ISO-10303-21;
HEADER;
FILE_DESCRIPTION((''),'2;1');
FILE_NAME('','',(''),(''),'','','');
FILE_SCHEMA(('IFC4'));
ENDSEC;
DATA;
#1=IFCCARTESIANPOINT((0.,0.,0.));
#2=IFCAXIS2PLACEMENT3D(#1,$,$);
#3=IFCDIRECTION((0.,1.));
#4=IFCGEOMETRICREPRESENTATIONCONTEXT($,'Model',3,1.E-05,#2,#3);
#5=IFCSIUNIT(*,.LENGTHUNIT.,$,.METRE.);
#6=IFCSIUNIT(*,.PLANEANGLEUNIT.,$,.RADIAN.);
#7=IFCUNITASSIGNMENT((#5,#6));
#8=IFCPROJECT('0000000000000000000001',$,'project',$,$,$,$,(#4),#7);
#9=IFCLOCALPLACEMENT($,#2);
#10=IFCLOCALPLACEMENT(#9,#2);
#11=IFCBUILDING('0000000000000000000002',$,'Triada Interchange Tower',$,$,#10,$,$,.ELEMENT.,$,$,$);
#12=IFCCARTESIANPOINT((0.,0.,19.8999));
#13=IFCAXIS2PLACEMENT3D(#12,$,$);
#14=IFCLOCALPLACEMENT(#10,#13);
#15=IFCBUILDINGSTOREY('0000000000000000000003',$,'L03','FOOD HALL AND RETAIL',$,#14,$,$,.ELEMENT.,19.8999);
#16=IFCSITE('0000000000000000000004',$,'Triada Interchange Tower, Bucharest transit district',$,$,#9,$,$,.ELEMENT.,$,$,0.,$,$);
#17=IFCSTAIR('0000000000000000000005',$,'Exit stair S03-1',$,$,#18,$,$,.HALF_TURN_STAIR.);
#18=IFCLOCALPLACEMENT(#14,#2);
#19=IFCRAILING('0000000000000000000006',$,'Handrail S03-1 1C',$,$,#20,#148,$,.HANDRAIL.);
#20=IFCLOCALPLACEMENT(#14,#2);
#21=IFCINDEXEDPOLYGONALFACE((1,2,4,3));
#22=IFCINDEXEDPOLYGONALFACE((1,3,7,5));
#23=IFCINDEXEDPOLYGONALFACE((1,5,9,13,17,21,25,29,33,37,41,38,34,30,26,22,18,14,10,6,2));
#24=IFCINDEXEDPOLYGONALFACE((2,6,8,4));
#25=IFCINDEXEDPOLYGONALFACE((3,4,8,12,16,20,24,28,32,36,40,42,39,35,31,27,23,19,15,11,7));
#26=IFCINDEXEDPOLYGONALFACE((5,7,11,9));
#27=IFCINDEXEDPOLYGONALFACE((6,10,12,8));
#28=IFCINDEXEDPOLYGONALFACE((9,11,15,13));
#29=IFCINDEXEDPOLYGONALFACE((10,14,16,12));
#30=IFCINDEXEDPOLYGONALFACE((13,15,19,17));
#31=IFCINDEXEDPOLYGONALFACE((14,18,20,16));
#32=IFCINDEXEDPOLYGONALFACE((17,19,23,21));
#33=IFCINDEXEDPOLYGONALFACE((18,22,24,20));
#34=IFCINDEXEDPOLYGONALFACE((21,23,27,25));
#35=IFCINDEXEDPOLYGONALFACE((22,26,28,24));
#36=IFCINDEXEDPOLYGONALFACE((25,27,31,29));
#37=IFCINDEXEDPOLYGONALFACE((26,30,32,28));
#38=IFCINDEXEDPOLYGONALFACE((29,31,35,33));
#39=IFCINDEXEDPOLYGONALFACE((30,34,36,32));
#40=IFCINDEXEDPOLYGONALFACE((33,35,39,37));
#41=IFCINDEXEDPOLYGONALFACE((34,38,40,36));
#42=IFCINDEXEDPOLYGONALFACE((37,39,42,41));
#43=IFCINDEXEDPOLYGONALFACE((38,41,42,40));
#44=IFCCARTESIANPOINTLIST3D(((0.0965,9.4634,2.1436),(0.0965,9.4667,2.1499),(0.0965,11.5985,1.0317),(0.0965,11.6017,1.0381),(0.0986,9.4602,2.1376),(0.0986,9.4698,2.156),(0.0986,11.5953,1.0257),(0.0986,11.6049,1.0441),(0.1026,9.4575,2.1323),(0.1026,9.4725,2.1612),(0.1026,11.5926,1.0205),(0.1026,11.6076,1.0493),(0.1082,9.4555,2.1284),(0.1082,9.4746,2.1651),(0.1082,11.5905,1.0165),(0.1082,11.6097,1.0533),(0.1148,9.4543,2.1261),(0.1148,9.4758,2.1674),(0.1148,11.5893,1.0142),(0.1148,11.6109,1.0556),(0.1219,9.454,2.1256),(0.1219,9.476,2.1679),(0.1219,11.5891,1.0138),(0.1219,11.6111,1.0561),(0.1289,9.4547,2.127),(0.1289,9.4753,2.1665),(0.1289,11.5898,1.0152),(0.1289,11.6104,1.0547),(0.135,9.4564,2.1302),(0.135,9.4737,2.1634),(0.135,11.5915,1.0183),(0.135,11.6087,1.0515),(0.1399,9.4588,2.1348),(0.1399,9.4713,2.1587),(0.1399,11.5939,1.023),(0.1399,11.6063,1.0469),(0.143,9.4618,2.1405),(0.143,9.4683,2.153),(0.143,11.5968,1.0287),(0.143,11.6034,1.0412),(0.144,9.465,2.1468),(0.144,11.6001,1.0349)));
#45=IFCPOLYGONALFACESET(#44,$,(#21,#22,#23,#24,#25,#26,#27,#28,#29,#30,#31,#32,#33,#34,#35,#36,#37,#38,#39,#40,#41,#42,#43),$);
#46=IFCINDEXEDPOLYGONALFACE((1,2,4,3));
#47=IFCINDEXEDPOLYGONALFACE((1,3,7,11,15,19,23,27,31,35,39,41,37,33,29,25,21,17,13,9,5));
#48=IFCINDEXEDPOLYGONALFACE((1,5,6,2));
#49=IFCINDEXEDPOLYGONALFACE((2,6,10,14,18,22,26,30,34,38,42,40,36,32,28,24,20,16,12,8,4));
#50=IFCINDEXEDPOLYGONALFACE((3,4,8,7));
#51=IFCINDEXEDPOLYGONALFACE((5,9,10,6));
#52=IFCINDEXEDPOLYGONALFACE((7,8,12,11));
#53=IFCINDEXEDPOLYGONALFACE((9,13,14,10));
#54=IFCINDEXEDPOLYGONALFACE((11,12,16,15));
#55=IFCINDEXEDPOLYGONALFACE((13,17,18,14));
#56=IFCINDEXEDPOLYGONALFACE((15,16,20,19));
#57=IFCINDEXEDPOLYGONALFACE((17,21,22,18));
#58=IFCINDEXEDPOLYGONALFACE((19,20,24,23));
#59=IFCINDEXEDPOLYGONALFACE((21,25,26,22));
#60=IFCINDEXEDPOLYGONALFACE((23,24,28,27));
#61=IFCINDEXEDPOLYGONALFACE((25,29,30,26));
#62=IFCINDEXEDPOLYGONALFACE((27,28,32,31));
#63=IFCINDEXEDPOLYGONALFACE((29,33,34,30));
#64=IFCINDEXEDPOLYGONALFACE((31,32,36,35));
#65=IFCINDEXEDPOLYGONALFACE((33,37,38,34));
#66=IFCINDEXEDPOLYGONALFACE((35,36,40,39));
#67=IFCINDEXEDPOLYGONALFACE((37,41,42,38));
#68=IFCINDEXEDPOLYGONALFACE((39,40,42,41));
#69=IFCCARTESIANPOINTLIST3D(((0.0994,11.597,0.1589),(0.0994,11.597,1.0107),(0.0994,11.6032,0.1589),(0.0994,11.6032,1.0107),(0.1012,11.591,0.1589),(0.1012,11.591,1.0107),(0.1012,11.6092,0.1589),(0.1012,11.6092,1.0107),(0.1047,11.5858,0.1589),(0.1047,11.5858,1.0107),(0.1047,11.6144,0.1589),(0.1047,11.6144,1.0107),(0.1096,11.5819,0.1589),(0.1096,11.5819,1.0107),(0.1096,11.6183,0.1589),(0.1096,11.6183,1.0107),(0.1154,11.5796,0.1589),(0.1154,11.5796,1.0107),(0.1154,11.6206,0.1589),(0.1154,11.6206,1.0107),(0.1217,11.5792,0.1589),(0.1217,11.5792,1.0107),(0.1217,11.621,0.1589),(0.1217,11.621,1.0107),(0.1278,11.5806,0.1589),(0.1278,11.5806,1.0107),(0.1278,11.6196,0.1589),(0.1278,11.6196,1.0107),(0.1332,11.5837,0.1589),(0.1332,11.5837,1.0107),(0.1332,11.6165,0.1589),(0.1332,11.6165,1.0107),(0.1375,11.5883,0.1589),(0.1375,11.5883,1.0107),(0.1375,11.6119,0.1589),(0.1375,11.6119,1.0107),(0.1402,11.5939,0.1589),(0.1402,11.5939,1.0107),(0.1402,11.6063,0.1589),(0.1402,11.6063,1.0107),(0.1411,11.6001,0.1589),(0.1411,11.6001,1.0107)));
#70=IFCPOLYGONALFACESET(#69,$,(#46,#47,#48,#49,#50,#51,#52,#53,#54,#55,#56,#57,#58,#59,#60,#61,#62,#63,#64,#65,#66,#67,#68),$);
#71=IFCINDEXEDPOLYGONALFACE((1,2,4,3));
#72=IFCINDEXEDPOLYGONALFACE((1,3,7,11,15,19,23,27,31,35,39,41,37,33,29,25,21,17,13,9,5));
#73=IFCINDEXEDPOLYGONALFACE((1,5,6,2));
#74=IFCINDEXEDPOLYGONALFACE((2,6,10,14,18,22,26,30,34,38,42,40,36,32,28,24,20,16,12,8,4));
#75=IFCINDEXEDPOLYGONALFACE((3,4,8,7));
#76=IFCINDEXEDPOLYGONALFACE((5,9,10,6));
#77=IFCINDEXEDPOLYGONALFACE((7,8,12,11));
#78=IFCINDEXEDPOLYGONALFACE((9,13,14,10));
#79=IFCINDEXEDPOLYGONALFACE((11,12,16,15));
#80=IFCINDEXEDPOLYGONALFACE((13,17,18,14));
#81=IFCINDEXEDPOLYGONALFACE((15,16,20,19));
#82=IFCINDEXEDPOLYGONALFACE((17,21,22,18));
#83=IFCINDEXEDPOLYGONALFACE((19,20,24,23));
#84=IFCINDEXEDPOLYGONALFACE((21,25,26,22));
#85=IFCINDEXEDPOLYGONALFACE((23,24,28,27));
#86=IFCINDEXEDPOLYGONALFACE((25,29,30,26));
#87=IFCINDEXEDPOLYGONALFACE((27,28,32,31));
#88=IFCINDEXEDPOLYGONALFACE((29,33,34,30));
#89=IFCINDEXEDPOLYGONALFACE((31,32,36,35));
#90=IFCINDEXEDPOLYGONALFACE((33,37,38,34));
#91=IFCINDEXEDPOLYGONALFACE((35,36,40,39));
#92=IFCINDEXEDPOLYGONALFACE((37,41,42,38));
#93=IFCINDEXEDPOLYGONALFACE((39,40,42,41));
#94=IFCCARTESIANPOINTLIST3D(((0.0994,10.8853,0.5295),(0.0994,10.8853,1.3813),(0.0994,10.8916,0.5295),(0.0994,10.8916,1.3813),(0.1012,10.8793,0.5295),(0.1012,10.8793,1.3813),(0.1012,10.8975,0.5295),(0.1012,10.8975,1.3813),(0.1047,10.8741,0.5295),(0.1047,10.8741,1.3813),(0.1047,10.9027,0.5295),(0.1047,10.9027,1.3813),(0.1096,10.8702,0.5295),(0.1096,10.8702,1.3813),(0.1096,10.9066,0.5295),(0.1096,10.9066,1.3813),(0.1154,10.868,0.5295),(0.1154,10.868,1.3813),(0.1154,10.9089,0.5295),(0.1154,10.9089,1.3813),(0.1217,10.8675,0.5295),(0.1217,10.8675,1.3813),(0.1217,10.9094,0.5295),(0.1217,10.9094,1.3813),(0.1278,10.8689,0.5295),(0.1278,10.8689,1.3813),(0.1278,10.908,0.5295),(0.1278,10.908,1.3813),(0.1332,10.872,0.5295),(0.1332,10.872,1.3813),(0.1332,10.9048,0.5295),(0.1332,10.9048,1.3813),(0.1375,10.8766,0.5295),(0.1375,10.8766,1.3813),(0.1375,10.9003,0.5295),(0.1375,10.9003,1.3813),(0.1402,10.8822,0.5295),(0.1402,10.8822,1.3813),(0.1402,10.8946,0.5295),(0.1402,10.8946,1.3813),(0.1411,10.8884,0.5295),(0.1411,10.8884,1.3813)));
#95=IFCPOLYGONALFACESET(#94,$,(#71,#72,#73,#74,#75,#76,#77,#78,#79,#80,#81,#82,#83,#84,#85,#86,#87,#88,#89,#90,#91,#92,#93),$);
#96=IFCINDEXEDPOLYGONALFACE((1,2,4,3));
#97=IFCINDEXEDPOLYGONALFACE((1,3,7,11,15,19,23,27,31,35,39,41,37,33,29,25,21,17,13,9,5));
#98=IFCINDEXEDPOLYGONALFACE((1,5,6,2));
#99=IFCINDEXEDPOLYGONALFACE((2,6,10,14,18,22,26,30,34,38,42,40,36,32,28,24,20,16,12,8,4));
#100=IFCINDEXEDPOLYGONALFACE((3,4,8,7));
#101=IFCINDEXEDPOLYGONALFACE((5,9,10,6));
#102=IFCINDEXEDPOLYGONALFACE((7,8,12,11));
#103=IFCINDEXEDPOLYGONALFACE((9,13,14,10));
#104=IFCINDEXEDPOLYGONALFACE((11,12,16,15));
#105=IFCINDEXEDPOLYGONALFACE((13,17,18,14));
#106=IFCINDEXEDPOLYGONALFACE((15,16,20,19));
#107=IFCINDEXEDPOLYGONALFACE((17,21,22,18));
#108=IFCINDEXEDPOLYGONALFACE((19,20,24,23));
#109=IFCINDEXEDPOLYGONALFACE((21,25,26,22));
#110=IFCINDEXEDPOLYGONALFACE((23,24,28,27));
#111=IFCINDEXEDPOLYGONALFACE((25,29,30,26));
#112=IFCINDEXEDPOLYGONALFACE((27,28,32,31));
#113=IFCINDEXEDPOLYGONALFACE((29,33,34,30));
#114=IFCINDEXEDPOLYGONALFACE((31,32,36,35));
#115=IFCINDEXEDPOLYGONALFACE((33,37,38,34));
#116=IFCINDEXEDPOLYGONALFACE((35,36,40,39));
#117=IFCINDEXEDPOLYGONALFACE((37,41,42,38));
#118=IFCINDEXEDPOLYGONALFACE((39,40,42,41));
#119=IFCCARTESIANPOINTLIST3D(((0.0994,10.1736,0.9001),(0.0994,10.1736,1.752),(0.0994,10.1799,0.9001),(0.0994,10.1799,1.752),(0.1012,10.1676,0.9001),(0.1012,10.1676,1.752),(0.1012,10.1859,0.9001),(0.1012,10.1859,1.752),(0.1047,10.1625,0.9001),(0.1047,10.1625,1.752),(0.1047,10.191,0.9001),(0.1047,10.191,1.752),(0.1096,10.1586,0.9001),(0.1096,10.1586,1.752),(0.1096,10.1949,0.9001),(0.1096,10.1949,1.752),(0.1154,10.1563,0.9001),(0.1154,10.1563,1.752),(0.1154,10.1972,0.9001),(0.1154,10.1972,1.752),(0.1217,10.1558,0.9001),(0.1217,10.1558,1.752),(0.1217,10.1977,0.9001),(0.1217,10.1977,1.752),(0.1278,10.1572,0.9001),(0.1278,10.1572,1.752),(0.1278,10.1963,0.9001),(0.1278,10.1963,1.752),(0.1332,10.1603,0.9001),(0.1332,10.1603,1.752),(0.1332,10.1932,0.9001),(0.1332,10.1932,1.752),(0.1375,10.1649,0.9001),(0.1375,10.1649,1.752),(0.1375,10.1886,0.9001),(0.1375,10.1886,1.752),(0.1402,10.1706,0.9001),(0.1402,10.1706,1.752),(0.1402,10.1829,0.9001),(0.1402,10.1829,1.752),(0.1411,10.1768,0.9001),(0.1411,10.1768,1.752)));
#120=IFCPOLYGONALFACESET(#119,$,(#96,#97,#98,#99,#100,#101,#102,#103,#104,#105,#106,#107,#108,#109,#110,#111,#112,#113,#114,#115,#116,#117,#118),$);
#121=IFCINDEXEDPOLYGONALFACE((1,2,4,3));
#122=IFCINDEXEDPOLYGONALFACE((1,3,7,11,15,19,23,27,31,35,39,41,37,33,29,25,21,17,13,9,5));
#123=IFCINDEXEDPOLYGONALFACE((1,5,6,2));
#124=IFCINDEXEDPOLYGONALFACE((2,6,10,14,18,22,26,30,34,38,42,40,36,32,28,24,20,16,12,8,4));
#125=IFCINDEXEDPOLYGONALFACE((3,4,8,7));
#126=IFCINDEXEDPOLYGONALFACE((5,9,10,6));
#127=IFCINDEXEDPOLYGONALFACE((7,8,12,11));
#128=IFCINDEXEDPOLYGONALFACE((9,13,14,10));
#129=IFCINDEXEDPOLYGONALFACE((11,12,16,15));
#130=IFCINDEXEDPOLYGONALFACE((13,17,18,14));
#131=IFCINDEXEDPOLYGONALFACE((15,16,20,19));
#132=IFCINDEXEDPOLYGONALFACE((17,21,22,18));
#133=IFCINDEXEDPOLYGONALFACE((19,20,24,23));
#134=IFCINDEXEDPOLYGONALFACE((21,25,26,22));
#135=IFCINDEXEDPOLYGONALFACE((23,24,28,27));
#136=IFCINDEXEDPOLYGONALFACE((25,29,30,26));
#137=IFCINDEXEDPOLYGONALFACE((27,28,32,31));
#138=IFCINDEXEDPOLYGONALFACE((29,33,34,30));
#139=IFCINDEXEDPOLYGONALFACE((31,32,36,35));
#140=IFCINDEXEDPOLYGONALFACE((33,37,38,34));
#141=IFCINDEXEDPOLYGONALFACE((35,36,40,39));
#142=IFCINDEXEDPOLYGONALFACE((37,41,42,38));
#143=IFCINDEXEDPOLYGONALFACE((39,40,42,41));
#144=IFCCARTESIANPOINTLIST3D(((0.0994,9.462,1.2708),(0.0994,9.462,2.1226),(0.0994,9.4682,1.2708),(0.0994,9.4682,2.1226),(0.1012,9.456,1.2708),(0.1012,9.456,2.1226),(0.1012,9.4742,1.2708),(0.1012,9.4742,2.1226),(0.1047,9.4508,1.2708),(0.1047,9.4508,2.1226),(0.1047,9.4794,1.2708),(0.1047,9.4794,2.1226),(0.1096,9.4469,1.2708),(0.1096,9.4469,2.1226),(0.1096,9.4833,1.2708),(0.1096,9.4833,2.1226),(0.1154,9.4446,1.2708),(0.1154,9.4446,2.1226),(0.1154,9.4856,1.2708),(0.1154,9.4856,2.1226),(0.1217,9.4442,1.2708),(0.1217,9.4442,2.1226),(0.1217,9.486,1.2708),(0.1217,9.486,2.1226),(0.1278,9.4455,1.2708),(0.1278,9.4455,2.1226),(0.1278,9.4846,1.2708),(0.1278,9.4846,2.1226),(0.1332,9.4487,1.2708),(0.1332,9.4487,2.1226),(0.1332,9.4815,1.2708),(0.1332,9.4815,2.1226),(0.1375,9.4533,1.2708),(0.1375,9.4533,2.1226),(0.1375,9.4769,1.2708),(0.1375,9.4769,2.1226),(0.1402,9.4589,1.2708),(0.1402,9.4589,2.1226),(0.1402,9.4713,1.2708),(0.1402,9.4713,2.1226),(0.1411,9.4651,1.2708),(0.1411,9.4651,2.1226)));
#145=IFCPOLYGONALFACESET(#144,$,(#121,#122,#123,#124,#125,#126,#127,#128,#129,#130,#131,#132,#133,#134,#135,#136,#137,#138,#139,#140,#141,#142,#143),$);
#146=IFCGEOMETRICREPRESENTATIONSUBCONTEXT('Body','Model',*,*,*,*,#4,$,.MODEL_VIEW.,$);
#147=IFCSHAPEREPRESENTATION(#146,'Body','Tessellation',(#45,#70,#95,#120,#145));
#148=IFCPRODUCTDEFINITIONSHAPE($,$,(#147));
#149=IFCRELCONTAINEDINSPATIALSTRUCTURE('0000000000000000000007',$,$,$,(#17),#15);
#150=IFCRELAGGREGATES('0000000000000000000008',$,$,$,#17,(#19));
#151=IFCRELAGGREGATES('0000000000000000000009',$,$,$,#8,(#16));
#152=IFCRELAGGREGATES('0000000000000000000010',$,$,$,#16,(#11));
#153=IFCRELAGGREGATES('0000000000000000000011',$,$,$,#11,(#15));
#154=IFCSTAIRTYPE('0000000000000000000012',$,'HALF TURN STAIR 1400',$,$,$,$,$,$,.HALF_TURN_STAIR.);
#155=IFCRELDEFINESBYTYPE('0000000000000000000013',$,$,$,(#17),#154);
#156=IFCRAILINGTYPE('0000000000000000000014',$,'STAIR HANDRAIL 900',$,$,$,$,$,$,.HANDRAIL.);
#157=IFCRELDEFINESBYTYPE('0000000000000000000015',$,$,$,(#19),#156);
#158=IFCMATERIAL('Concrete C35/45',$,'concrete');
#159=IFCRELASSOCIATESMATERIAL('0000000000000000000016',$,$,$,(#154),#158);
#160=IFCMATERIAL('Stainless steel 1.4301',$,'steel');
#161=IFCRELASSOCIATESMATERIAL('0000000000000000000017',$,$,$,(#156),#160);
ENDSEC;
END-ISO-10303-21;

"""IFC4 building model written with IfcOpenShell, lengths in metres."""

from ifc_helpers import new_model, si_unit, direction, frame, origin, origin_2d, place, context, subcontext, project, spatial, circle, extrude, material, type_object, element, aggregate, save


model = new_model("IFC4")

# Units and contexts
model_context = context("Model", 3, precision=1e-05, world=origin(), true_north=direction((0.0, 1.0)))
body_context = subcontext(model_context, "Body", "Model", "MODEL_VIEW")
ifc_project = project(units=[si_unit("LENGTHUNIT", "METRE"), si_unit("PLANEANGLEUNIT", "RADIAN")], contexts=[model_context])

# Site, building, storey
site_placement = place(None, origin())
site = spatial("IfcSite", under=ifc_project, at=site_placement, Name="Triada Interchange Tower, Bucharest transit district", CompositionType="ELEMENT", RefElevation=0.0)
building_placement = place(site_placement, origin())
building = spatial("IfcBuilding", under=site, at=building_placement, Name="Triada Interchange Tower", CompositionType="ELEMENT")
storey_placement = place(building_placement, frame((0.0, 0.0, 19.8999)))
storey = spatial("IfcBuildingStorey", under=building, at=storey_placement, Name="L03", Description="FOOD HALL AND RETAIL", CompositionType="ELEMENT", Elevation=19.8999)

# Shared definitions
ifc_material_1 = material(Name="Concrete C35/45", Category="concrete")

# Stair, railing
stair_type = type_object("IfcStairType", Name="HALF TURN STAIR 1400", PredefinedType="HALF_TURN_STAIR", material=ifc_material_1)
stair_placement = place(storey_placement, origin())
stair = element("IfcStair", 1, at=stair_placement, inside=storey, type_object=stair_type, Name="Exit stair S03-1", PredefinedType="HALF_TURN_STAIR")
ifc_material_2 = material(Name="Stainless steel 1.4301", Category="steel")
railing_type_1 = type_object("IfcRailingType", Name="STAIR HANDRAIL 900", PredefinedType="HANDRAIL", material=ifc_material_2)
railing_1_placement = place(storey_placement, frame((0.1201, 11.6001, 0.1589)))
railing_1 = element("IfcRailing", 2, at=railing_1_placement, type_object=railing_type_1, Name="Handrail S03-1 1C", PredefinedType="HANDRAIL", context=body_context, shape_type="SweptSolid", body=[
    extrude(circle(Radius=0.0239, at=origin_2d()), frame((0.0, 0.0, 0.876), z_axis=(0.0, -0.886943, 0.46188), x_axis=(1.0, 0.0, 0.0)), (0.0, 0.0, 1.0), 2.4072),
    extrude(circle(Radius=0.021, at=origin_2d()), origin(), (0.0, 0.0, 1.0), 0.8518),
    extrude(circle(Radius=0.021, at=origin_2d()), frame((0.0, -0.7117, 0.3706)), (0.0, 0.0, 1.0), 0.8518),
    extrude(circle(Radius=0.021, at=origin_2d()), frame((0.0, -1.4233, 0.7412)), (0.0, 0.0, 1.0), 0.8518),
    extrude(circle(Radius=0.021, at=origin_2d()), frame((0.0, -2.135, 1.1118)), (0.0, 0.0, 1.0), 0.8518),
])
aggregate(stair, [railing_1])

save(model, "model.ifc")
